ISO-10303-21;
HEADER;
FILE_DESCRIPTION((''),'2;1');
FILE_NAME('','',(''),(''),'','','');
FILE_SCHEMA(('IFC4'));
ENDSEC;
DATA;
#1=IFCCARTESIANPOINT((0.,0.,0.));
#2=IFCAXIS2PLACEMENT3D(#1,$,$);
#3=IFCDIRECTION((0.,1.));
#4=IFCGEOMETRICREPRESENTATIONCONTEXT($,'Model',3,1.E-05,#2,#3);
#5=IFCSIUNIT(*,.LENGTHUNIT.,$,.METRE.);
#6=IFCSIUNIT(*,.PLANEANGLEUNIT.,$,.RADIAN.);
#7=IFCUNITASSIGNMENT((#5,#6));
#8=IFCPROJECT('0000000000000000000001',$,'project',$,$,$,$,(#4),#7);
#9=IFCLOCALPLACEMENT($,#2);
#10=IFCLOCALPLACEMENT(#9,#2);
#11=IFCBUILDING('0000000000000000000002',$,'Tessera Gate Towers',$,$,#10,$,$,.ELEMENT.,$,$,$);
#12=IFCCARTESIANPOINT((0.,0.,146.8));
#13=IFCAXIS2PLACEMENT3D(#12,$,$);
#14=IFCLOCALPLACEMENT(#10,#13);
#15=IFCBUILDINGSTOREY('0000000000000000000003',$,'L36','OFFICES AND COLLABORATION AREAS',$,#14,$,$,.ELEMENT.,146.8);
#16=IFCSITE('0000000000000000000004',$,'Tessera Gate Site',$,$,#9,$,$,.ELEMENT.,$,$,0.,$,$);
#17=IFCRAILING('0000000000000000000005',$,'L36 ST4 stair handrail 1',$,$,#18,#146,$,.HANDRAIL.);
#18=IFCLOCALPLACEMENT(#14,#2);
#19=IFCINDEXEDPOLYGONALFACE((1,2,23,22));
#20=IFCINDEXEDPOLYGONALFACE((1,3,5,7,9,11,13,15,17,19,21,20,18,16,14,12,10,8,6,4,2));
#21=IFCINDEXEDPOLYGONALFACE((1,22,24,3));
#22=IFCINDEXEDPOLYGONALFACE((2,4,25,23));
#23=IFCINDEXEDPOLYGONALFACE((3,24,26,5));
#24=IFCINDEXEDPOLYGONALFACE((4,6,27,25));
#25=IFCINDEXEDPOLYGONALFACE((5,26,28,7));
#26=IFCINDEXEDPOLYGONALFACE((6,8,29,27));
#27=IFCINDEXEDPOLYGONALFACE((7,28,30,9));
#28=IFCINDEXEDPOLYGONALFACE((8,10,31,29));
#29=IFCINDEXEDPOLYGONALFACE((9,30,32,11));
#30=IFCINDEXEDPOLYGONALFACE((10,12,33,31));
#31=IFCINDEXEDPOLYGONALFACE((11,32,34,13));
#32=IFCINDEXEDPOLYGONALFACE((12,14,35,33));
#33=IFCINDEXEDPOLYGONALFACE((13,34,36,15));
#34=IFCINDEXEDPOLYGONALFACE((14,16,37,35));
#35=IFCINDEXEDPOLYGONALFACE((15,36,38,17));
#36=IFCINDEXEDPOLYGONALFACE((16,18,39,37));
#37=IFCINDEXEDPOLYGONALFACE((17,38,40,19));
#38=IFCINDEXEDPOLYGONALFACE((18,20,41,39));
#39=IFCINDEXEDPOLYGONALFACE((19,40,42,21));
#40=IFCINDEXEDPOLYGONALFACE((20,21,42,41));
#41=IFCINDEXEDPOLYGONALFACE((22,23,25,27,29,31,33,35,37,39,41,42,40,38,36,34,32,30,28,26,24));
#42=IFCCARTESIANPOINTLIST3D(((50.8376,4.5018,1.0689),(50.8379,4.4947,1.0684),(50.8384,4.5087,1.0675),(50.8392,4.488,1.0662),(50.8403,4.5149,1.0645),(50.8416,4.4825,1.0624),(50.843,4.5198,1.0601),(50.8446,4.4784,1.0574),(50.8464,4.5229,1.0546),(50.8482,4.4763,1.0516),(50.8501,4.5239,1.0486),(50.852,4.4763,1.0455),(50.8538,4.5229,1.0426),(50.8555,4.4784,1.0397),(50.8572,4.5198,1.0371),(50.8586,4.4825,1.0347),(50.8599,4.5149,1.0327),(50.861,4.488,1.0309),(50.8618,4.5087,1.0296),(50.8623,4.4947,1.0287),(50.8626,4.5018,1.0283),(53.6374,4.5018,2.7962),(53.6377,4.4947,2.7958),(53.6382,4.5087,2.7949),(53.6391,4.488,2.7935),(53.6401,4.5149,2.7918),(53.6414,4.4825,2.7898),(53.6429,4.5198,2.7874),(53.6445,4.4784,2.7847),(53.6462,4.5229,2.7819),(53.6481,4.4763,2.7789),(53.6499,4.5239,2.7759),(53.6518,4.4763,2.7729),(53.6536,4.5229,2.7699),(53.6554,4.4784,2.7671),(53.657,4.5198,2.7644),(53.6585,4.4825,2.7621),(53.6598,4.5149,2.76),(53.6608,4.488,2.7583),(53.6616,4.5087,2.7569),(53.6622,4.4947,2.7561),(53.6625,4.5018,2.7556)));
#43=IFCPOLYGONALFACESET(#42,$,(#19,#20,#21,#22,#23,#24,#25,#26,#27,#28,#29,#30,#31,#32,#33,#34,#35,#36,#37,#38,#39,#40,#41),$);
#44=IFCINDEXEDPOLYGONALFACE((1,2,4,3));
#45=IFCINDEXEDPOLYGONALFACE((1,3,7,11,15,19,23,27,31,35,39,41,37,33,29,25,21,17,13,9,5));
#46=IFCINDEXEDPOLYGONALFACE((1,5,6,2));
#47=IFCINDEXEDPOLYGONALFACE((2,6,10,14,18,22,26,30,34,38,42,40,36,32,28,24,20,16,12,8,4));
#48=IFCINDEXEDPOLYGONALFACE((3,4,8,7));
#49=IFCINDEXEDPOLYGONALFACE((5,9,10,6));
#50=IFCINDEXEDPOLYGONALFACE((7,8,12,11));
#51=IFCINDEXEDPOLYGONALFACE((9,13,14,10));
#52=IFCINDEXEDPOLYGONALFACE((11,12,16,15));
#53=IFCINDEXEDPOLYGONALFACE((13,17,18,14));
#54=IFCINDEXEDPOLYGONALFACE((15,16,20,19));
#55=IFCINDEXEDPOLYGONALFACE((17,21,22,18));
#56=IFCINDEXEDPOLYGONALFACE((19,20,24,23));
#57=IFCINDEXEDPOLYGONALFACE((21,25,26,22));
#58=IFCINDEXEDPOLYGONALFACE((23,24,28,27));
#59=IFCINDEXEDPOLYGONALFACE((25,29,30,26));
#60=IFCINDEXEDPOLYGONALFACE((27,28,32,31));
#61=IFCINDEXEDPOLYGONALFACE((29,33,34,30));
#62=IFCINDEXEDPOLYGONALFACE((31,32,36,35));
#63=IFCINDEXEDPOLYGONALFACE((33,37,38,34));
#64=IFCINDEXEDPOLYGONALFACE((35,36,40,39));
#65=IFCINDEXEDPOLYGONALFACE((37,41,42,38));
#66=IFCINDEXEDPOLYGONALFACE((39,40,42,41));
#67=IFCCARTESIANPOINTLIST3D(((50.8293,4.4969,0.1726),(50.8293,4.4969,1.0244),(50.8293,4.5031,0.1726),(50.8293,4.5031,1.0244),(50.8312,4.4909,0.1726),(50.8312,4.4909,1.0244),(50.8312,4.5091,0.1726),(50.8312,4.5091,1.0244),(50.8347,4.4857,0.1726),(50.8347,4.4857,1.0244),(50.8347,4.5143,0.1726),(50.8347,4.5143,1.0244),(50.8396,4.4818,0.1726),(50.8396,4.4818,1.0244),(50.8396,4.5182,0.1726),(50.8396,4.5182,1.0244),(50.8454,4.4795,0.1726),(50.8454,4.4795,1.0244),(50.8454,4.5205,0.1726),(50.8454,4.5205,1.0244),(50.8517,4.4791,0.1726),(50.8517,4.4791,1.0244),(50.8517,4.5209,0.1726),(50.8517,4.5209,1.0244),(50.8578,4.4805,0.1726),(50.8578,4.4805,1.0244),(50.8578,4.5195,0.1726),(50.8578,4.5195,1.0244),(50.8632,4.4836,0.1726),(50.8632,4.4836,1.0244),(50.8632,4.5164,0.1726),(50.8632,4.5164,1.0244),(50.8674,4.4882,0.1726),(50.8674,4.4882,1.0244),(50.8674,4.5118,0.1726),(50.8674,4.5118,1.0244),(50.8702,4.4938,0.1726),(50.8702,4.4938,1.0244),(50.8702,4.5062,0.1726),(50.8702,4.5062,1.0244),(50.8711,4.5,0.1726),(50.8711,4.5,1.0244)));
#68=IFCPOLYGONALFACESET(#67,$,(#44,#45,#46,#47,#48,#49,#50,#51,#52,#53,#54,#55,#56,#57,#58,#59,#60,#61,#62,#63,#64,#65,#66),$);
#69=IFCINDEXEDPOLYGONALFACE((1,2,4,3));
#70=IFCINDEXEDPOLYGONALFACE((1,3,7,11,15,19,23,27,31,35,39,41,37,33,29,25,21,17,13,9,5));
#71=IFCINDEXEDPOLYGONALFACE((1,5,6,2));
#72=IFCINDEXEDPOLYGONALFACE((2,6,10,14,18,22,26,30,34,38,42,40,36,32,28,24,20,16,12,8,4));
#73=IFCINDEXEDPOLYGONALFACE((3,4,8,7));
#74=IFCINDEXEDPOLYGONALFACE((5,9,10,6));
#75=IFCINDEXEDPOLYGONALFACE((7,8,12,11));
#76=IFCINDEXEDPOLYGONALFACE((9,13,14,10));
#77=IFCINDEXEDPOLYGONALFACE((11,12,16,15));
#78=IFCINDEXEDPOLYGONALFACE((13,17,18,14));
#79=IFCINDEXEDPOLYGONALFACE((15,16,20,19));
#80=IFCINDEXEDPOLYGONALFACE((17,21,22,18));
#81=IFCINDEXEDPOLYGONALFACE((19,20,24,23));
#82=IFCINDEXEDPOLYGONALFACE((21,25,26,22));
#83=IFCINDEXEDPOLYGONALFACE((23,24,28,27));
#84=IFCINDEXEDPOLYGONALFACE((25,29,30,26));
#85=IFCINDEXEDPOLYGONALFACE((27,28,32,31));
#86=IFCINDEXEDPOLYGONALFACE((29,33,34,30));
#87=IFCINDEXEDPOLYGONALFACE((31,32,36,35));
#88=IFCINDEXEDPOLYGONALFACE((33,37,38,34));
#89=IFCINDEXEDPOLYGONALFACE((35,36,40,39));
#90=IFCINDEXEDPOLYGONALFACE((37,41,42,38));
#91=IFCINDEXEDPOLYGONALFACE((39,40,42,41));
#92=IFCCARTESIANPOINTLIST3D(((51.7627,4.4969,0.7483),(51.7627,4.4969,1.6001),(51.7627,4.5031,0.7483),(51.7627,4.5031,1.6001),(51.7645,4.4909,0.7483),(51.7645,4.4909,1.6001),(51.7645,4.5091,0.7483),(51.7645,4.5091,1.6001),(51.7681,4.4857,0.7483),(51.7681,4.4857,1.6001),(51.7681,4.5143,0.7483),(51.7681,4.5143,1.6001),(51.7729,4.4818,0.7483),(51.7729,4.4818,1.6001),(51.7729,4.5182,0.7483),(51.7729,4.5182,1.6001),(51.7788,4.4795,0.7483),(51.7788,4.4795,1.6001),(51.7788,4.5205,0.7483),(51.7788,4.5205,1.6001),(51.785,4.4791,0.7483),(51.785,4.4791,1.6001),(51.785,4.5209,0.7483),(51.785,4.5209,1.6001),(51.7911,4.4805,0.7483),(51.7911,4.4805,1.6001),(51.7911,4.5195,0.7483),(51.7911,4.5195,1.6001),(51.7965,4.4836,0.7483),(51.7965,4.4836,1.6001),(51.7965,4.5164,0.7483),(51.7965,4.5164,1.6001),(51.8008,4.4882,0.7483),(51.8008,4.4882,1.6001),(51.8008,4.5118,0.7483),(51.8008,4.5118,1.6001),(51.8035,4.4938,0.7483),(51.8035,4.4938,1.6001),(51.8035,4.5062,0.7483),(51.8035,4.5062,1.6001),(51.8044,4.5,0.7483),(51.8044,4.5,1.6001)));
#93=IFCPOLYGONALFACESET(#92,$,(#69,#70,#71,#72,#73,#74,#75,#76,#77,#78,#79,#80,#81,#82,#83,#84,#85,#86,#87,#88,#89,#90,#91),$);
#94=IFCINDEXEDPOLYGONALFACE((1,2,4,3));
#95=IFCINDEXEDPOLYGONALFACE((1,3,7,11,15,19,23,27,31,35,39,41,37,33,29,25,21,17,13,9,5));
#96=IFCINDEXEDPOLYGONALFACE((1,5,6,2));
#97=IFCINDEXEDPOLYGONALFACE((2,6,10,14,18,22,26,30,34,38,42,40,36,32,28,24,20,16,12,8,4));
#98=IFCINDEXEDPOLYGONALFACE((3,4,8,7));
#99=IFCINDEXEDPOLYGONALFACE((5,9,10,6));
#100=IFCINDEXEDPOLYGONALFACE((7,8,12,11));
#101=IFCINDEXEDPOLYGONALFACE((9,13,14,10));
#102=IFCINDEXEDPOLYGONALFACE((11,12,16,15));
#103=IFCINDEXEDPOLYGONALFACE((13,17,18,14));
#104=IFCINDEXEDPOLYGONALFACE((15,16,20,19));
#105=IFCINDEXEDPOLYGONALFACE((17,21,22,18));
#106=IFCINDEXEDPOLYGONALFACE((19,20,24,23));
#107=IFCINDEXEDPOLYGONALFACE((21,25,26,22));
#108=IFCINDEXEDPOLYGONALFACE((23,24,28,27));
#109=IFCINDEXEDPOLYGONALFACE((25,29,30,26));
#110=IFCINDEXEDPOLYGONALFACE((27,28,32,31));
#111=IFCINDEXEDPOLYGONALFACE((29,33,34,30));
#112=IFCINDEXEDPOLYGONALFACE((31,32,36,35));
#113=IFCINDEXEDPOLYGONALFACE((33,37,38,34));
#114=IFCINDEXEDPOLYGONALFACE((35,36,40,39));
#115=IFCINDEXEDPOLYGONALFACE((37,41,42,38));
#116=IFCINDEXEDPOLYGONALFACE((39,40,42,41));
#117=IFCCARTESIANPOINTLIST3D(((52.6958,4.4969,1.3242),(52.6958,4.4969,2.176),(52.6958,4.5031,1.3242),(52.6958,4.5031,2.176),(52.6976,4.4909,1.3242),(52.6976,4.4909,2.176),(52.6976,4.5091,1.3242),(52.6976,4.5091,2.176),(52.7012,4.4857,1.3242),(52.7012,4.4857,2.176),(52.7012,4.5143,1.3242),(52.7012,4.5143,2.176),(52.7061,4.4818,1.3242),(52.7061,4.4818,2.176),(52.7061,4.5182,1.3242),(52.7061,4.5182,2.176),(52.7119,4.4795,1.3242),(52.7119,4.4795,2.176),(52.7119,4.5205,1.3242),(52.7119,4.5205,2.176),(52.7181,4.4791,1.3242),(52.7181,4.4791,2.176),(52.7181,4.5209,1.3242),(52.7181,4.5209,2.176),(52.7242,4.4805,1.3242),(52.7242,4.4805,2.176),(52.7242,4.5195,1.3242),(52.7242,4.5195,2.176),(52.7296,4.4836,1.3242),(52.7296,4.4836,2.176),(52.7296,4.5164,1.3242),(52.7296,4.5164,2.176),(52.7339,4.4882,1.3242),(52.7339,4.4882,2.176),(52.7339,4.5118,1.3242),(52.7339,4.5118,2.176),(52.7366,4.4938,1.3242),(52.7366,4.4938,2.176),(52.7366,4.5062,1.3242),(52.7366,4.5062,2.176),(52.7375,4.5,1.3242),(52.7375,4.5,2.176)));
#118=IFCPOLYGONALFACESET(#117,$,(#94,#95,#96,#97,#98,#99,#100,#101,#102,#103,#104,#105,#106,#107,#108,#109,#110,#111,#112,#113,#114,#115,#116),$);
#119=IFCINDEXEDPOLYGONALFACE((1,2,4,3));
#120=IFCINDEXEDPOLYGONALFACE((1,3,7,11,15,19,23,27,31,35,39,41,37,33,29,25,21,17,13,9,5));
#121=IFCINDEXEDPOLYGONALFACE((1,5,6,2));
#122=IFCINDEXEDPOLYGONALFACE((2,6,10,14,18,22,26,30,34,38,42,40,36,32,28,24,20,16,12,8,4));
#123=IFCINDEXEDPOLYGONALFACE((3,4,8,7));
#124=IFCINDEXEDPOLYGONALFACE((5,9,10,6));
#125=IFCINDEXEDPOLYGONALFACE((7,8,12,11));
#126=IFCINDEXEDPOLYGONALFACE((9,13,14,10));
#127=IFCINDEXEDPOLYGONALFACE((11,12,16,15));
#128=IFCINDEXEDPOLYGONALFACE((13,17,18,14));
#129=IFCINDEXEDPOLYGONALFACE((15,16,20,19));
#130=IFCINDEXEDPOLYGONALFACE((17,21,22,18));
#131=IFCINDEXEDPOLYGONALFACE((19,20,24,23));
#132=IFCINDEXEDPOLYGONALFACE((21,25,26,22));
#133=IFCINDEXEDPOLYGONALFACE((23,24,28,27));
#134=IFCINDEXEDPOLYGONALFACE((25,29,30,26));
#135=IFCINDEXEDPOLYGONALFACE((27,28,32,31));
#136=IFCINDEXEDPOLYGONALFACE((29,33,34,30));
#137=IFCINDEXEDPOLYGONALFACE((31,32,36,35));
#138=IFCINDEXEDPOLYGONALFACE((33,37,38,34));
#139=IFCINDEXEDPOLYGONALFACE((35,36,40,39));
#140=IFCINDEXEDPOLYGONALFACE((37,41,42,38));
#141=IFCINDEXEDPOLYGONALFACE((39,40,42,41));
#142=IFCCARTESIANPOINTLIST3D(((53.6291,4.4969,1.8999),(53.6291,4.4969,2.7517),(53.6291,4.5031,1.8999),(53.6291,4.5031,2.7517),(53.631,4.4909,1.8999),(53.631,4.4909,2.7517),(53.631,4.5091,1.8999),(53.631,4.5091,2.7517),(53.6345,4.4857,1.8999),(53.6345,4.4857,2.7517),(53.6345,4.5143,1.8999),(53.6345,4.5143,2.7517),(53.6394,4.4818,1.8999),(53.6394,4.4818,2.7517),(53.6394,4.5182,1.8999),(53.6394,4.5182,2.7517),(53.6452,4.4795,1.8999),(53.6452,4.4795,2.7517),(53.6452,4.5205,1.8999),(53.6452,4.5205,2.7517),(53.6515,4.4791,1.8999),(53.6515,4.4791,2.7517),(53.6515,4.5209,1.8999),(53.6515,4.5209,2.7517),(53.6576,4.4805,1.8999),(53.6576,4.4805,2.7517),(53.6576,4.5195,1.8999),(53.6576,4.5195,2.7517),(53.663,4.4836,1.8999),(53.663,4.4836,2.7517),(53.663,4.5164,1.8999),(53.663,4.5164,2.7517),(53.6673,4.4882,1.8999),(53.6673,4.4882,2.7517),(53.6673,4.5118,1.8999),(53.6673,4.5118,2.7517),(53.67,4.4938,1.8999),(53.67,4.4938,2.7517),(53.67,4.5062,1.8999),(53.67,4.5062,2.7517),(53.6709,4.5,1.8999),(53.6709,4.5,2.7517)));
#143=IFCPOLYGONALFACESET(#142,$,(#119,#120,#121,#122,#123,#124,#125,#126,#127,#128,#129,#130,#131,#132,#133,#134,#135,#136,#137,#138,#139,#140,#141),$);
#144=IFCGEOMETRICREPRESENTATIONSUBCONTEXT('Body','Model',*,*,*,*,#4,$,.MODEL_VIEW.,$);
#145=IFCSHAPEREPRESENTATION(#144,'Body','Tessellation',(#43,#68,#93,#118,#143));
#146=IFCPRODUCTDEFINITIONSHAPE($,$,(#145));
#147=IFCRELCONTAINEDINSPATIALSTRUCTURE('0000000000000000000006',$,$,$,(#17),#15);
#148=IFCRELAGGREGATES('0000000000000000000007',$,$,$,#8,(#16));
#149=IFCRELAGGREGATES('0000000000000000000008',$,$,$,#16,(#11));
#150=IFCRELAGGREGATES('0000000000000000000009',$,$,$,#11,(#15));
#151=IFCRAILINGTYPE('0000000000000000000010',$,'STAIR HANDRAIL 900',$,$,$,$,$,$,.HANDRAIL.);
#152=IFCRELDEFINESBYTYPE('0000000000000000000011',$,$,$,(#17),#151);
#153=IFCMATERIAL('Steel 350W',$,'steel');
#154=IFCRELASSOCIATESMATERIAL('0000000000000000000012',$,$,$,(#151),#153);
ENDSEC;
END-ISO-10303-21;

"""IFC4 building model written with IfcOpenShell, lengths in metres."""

from ifc_helpers import new_model, si_unit, direction, frame, origin, origin_2d, place, context, subcontext, project, spatial, circle, extrude, material, type_object, element, save


model = new_model("IFC4")

# Units and contexts
model_context = context("Model", 3, precision=1e-05, world=origin(), true_north=direction((0.0, 1.0)))
body_context = subcontext(model_context, "Body", "Model", "MODEL_VIEW")
ifc_project = project(units=[si_unit("LENGTHUNIT", "METRE"), si_unit("PLANEANGLEUNIT", "RADIAN")], contexts=[model_context])

# Site, building, storey
site_placement = place(None, origin())
site = spatial("IfcSite", under=ifc_project, at=site_placement, Name="Tessera Gate Site", CompositionType="ELEMENT", RefElevation=0.0)
building_placement = place(site_placement, origin())
building = spatial("IfcBuilding", under=site, at=building_placement, Name="Tessera Gate Towers", CompositionType="ELEMENT")
storey_placement = place(building_placement, frame((0.0, 0.0, 146.8)))
storey = spatial("IfcBuildingStorey", under=building, at=storey_placement, Name="L36", Description="OFFICES AND COLLABORATION AREAS", CompositionType="ELEMENT", Elevation=146.8)

# Railing
ifc_material_1 = material(Name="Steel 350W", Category="steel")
railing_type_1 = type_object("IfcRailingType", Name="STAIR HANDRAIL 900", PredefinedType="HANDRAIL", material=ifc_material_1)
railing_1_placement = place(storey_placement, frame((50.8501, 4.5, 0.1726)))
element("IfcRailing", 1, at=railing_1_placement, inside=storey, type_object=railing_type_1, Name="L36 ST4 stair handrail 1", PredefinedType="HANDRAIL", context=body_context, shape_type="SweptSolid", body=[
    extrude(circle(Radius=0.0239, at=origin_2d()), frame((0.0, 0.0, 0.876), z_axis=(0.851069, 0.0, 0.525054), x_axis=(0.0, 1.0, 0.0)), (0.0, 0.0, 1.0), 3.2898),
    extrude(circle(Radius=0.021, at=origin_2d()), origin(), (0.0, 0.0, 1.0), 0.8518),
    extrude(circle(Radius=0.021, at=origin_2d()), frame((0.9333, 0.0, 0.5757)), (0.0, 0.0, 1.0), 0.8518),
    extrude(circle(Radius=0.021, at=origin_2d()), frame((1.8665, 0.0, 1.1516)), (0.0, 0.0, 1.0), 0.8518),
    extrude(circle(Radius=0.021, at=origin_2d()), frame((2.7998, 0.0, 1.7273)), (0.0, 0.0, 1.0), 0.8518),
])

save(model, "model.ifc")
